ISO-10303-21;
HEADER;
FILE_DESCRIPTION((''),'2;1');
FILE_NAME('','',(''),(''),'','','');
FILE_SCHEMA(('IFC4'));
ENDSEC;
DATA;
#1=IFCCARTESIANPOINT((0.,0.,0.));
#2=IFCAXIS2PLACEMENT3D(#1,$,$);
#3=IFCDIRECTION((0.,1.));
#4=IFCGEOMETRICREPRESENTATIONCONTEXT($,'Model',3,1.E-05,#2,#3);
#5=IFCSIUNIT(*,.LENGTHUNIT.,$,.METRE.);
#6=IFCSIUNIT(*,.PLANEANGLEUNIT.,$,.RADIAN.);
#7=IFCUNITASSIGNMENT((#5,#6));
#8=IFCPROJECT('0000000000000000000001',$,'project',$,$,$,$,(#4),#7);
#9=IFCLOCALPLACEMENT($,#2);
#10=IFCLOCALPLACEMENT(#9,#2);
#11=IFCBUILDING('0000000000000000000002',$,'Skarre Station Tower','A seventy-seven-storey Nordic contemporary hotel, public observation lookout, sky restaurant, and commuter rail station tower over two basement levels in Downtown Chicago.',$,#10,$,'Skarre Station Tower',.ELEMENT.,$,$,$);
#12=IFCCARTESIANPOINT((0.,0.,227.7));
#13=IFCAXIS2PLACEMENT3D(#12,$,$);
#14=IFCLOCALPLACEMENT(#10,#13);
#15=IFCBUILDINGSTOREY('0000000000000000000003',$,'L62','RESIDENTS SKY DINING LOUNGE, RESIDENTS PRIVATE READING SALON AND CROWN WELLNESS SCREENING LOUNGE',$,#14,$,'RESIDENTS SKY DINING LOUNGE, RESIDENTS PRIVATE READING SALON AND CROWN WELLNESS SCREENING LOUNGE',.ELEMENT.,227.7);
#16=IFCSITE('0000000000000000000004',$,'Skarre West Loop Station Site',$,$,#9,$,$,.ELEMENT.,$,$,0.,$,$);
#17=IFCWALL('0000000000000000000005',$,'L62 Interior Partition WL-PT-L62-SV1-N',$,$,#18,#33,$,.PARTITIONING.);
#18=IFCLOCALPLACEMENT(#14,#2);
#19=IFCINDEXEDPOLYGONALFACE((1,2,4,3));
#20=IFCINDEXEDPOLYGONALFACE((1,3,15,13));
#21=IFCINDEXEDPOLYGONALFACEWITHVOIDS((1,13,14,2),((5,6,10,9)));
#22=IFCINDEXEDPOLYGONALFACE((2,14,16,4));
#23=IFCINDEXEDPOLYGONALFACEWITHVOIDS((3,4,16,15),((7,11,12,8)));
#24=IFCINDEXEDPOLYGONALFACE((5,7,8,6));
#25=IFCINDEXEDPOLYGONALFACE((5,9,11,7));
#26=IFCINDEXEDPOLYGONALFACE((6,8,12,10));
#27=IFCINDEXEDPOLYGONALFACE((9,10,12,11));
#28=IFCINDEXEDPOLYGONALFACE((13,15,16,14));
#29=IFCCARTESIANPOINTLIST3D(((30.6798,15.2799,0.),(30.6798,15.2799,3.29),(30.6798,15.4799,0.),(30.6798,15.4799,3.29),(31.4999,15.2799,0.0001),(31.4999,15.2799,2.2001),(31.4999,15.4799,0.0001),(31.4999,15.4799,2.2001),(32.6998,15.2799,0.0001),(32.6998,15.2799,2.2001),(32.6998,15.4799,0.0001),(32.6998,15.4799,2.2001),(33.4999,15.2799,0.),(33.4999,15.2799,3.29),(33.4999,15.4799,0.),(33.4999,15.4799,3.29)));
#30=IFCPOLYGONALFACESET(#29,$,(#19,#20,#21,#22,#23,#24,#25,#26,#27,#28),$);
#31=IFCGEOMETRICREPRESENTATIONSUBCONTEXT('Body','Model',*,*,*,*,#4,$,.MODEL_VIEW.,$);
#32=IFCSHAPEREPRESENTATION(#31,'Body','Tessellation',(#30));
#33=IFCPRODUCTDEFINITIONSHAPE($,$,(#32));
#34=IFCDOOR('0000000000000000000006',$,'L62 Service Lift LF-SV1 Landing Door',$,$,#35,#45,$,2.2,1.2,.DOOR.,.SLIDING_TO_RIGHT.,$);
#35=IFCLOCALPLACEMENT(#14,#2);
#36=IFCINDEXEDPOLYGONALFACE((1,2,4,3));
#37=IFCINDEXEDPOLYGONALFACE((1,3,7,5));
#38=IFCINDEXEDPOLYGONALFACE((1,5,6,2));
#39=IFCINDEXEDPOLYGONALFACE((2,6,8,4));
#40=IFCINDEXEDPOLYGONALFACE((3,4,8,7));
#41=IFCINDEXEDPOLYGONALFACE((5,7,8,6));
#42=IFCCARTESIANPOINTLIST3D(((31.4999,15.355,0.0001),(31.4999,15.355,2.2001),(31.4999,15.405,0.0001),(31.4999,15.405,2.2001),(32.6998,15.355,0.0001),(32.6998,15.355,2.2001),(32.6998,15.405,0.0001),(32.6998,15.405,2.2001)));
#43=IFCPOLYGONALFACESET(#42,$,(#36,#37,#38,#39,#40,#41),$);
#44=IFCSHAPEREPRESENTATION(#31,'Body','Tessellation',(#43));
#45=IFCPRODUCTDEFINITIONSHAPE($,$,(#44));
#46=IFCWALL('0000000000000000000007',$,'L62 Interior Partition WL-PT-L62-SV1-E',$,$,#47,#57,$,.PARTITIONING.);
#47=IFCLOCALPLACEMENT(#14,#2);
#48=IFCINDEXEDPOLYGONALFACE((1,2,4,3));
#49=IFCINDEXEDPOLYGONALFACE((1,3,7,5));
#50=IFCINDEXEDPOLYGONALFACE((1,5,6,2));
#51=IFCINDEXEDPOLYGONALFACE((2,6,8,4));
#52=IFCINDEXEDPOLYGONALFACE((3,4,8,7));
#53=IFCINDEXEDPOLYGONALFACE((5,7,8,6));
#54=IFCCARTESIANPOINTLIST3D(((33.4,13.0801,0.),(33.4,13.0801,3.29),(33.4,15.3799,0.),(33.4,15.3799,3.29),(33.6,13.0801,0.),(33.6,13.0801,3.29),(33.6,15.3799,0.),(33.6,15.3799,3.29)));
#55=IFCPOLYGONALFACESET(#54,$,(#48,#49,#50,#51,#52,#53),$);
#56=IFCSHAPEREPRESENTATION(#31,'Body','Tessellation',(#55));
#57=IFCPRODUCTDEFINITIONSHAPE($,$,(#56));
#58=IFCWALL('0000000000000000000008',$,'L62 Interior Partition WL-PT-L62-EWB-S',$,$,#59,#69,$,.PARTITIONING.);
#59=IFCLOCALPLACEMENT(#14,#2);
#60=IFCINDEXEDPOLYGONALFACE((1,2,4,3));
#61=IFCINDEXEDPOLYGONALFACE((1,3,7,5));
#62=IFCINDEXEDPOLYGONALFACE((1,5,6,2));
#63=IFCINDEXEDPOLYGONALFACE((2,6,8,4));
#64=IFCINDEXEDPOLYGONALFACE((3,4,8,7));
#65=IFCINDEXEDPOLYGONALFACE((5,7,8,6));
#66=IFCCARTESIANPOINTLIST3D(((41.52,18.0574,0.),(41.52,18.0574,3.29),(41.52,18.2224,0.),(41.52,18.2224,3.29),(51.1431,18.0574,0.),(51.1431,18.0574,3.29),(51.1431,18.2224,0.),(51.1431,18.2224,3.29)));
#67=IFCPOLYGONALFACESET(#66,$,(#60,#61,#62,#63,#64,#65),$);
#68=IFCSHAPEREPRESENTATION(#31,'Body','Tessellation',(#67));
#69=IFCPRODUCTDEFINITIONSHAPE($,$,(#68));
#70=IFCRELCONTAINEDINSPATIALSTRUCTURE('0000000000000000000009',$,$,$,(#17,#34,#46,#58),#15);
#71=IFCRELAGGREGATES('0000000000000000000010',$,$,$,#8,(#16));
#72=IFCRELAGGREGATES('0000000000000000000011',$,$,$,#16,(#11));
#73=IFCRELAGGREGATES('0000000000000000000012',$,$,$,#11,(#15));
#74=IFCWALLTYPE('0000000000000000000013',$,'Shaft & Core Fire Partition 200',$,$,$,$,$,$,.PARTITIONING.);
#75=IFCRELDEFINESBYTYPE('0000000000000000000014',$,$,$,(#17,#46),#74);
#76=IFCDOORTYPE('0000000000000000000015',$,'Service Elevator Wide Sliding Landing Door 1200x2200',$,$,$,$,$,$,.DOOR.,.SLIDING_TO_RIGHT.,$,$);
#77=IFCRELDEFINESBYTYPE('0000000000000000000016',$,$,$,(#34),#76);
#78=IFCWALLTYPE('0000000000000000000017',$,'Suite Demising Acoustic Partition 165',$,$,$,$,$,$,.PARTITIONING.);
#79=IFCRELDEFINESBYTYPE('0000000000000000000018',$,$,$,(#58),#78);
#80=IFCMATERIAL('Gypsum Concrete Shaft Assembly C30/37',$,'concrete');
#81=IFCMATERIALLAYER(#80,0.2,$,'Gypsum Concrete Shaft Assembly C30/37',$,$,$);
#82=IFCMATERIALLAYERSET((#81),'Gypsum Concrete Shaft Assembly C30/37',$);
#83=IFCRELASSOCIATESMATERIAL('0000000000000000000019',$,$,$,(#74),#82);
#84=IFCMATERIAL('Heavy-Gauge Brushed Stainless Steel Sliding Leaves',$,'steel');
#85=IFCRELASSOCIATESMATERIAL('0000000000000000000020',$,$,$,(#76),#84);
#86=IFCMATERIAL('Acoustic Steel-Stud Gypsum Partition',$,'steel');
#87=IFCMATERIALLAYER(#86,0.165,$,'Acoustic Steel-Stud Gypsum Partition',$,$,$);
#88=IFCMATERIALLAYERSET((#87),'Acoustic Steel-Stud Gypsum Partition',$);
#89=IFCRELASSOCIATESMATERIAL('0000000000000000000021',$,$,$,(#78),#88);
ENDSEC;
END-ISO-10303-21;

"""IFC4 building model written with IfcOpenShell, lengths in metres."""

from ifc_helpers import new_model, si_unit, direction, frame, frame_2d, origin, place, context, subcontext, project, spatial, rectangle, extrude, material, layer, layer_set, type_object, element, fill, save


model = new_model("IFC4")

# Units and contexts
model_context = context("Model", 3, precision=1e-05, world=origin(), true_north=direction((0.0, 1.0)))
body_context = subcontext(model_context, "Body", "Model", "MODEL_VIEW")
ifc_project = project(units=[si_unit("LENGTHUNIT", "METRE"), si_unit("PLANEANGLEUNIT", "RADIAN")], contexts=[model_context])

# Site, building, storey
site_placement = place(None, origin())
site = spatial("IfcSite", under=ifc_project, at=site_placement, Name="Skarre West Loop Station Site", CompositionType="ELEMENT", RefElevation=0.0)
building_placement = place(site_placement, origin())
building = spatial("IfcBuilding", under=site, at=building_placement, Name="Skarre Station Tower", Description="A seventy-seven-storey Nordic contemporary hotel, public observation lookout, sky restaurant, and commuter rail station tower over two basement levels in Downtown Chicago.", LongName="Skarre Station Tower", CompositionType="ELEMENT")
storey_placement = place(building_placement, frame((0.0, 0.0, 227.7)))
storey = spatial("IfcBuildingStorey", under=building, at=storey_placement, Name="L62", Description="RESIDENTS SKY DINING LOUNGE, RESIDENTS PRIVATE READING SALON AND CROWN WELLNESS SCREENING LOUNGE", LongName="RESIDENTS SKY DINING LOUNGE, RESIDENTS PRIVATE READING SALON AND CROWN WELLNESS SCREENING LOUNGE", CompositionType="ELEMENT", Elevation=227.7)

# Shared definitions
ifc_material_1 = material(Name="Acoustic Steel-Stud Gypsum Partition", Category="steel")

# Wall, opening, door
ifc_material_2 = material(Name="Gypsum Concrete Shaft Assembly C30/37", Category="concrete")
ifc_layer_1 = layer(ifc_material_2, 0.2, Name="Gypsum Concrete Shaft Assembly C30/37")
ifc_layer_set_1 = layer_set([ifc_layer_1], Name="Gypsum Concrete Shaft Assembly C30/37")
wall_type_1 = type_object("IfcWallType", Name="Shaft & Core Fire Partition 200", PredefinedType="PARTITIONING", material=ifc_layer_set_1)
wall_1_placement = place(storey_placement, frame((33.5, 15.3799, 0.0), z_axis=(0.0, 0.0, 1.0), x_axis=(-1.0, 0.0, 0.0)))
wall_1 = element("IfcWall", 1, at=wall_1_placement, inside=storey, type_object=wall_type_1, Name="L62 Interior Partition WL-PT-L62-SV1-N", PredefinedType="PARTITIONING", context=body_context, shape_type="SweptSolid", body=[
    extrude(rectangle(XDim=2.8201, YDim=0.2, at=frame_2d((1.4102, 0.0))), origin(), (0.0, 0.0, 1.0), 3.29),
])
opening_1_placement = place(wall_1_placement, frame((0.8, 0.0, 0.0)))
opening_1 = element("IfcOpeningElement", 2, at=opening_1_placement, cuts=wall_1, PredefinedType="OPENING", context=body_context, shape_type="SweptSolid", body=[
    extrude(rectangle(XDim=1.2, YDim=2.2, at=frame_2d((0.6001, 1.1001))), frame((0.0, 0.1099, 0.0), z_axis=(0.0, -1.0, 0.0), x_axis=(1.0, 0.0, 0.0)), (0.0, 0.0, 1.0), 0.22),
])
ifc_material_3 = material(Name="Heavy-Gauge Brushed Stainless Steel Sliding Leaves", Category="steel")
door_type_1 = type_object("IfcDoorType", Name="Service Elevator Wide Sliding Landing Door 1200x2200", OperationType="SLIDING_TO_RIGHT", PredefinedType="DOOR", material=ifc_material_3)
door_1_placement = place(opening_1_placement, origin())
door_1 = element("IfcDoor", 3, at=door_1_placement, inside=storey, type_object=door_type_1, Name="L62 Service Lift LF-SV1 Landing Door", OperationType="SLIDING_TO_RIGHT", OverallHeight=2.2, OverallWidth=1.2, PredefinedType="DOOR", context=body_context, shape_type="SweptSolid", body=[
    extrude(rectangle(XDim=1.2, YDim=2.2, at=frame_2d((0.6001, 1.1001))), frame((0.0, 0.0249, 0.0), z_axis=(0.0, -1.0, 0.0), x_axis=(1.0, 0.0, 0.0)), (0.0, 0.0, 1.0), 0.05),
])
fill(opening_1, door_1)

# Walls
wall_2_placement = place(storey_placement, frame((33.5, 13.0801, 0.0), z_axis=(0.0, 0.0, 1.0), x_axis=(0.0, 1.0, 0.0)))
element("IfcWall", 4, at=wall_2_placement, inside=storey, type_object=wall_type_1, Name="L62 Interior Partition WL-PT-L62-SV1-E", PredefinedType="PARTITIONING", context=body_context, shape_type="SweptSolid", body=[
    extrude(rectangle(XDim=2.2998, YDim=0.2, at=frame_2d((1.1499, 0.0))), origin(), (0.0, 0.0, 1.0), 3.29),
])
ifc_layer_2 = layer(ifc_material_1, 0.165, Name="Acoustic Steel-Stud Gypsum Partition")
ifc_layer_set_2 = layer_set([ifc_layer_2], Name="Acoustic Steel-Stud Gypsum Partition")
wall_type_2 = type_object("IfcWallType", Name="Suite Demising Acoustic Partition 165", PredefinedType="PARTITIONING", material=ifc_layer_set_2)
wall_3_placement = place(storey_placement, frame((41.52, 18.1399, 0.0), z_axis=(0.0, 0.0, 1.0), x_axis=(1.0, 0.0, 0.0)))
element("IfcWall", 5, at=wall_3_placement, inside=storey, type_object=wall_type_2, Name="L62 Interior Partition WL-PT-L62-EWB-S", PredefinedType="PARTITIONING", context=body_context, shape_type="SweptSolid", body=[
    extrude(rectangle(XDim=9.623, YDim=0.165, at=frame_2d((4.8115, 0.0))), origin(), (0.0, 0.0, 1.0), 3.29),
])

save(model, "model.ifc")
